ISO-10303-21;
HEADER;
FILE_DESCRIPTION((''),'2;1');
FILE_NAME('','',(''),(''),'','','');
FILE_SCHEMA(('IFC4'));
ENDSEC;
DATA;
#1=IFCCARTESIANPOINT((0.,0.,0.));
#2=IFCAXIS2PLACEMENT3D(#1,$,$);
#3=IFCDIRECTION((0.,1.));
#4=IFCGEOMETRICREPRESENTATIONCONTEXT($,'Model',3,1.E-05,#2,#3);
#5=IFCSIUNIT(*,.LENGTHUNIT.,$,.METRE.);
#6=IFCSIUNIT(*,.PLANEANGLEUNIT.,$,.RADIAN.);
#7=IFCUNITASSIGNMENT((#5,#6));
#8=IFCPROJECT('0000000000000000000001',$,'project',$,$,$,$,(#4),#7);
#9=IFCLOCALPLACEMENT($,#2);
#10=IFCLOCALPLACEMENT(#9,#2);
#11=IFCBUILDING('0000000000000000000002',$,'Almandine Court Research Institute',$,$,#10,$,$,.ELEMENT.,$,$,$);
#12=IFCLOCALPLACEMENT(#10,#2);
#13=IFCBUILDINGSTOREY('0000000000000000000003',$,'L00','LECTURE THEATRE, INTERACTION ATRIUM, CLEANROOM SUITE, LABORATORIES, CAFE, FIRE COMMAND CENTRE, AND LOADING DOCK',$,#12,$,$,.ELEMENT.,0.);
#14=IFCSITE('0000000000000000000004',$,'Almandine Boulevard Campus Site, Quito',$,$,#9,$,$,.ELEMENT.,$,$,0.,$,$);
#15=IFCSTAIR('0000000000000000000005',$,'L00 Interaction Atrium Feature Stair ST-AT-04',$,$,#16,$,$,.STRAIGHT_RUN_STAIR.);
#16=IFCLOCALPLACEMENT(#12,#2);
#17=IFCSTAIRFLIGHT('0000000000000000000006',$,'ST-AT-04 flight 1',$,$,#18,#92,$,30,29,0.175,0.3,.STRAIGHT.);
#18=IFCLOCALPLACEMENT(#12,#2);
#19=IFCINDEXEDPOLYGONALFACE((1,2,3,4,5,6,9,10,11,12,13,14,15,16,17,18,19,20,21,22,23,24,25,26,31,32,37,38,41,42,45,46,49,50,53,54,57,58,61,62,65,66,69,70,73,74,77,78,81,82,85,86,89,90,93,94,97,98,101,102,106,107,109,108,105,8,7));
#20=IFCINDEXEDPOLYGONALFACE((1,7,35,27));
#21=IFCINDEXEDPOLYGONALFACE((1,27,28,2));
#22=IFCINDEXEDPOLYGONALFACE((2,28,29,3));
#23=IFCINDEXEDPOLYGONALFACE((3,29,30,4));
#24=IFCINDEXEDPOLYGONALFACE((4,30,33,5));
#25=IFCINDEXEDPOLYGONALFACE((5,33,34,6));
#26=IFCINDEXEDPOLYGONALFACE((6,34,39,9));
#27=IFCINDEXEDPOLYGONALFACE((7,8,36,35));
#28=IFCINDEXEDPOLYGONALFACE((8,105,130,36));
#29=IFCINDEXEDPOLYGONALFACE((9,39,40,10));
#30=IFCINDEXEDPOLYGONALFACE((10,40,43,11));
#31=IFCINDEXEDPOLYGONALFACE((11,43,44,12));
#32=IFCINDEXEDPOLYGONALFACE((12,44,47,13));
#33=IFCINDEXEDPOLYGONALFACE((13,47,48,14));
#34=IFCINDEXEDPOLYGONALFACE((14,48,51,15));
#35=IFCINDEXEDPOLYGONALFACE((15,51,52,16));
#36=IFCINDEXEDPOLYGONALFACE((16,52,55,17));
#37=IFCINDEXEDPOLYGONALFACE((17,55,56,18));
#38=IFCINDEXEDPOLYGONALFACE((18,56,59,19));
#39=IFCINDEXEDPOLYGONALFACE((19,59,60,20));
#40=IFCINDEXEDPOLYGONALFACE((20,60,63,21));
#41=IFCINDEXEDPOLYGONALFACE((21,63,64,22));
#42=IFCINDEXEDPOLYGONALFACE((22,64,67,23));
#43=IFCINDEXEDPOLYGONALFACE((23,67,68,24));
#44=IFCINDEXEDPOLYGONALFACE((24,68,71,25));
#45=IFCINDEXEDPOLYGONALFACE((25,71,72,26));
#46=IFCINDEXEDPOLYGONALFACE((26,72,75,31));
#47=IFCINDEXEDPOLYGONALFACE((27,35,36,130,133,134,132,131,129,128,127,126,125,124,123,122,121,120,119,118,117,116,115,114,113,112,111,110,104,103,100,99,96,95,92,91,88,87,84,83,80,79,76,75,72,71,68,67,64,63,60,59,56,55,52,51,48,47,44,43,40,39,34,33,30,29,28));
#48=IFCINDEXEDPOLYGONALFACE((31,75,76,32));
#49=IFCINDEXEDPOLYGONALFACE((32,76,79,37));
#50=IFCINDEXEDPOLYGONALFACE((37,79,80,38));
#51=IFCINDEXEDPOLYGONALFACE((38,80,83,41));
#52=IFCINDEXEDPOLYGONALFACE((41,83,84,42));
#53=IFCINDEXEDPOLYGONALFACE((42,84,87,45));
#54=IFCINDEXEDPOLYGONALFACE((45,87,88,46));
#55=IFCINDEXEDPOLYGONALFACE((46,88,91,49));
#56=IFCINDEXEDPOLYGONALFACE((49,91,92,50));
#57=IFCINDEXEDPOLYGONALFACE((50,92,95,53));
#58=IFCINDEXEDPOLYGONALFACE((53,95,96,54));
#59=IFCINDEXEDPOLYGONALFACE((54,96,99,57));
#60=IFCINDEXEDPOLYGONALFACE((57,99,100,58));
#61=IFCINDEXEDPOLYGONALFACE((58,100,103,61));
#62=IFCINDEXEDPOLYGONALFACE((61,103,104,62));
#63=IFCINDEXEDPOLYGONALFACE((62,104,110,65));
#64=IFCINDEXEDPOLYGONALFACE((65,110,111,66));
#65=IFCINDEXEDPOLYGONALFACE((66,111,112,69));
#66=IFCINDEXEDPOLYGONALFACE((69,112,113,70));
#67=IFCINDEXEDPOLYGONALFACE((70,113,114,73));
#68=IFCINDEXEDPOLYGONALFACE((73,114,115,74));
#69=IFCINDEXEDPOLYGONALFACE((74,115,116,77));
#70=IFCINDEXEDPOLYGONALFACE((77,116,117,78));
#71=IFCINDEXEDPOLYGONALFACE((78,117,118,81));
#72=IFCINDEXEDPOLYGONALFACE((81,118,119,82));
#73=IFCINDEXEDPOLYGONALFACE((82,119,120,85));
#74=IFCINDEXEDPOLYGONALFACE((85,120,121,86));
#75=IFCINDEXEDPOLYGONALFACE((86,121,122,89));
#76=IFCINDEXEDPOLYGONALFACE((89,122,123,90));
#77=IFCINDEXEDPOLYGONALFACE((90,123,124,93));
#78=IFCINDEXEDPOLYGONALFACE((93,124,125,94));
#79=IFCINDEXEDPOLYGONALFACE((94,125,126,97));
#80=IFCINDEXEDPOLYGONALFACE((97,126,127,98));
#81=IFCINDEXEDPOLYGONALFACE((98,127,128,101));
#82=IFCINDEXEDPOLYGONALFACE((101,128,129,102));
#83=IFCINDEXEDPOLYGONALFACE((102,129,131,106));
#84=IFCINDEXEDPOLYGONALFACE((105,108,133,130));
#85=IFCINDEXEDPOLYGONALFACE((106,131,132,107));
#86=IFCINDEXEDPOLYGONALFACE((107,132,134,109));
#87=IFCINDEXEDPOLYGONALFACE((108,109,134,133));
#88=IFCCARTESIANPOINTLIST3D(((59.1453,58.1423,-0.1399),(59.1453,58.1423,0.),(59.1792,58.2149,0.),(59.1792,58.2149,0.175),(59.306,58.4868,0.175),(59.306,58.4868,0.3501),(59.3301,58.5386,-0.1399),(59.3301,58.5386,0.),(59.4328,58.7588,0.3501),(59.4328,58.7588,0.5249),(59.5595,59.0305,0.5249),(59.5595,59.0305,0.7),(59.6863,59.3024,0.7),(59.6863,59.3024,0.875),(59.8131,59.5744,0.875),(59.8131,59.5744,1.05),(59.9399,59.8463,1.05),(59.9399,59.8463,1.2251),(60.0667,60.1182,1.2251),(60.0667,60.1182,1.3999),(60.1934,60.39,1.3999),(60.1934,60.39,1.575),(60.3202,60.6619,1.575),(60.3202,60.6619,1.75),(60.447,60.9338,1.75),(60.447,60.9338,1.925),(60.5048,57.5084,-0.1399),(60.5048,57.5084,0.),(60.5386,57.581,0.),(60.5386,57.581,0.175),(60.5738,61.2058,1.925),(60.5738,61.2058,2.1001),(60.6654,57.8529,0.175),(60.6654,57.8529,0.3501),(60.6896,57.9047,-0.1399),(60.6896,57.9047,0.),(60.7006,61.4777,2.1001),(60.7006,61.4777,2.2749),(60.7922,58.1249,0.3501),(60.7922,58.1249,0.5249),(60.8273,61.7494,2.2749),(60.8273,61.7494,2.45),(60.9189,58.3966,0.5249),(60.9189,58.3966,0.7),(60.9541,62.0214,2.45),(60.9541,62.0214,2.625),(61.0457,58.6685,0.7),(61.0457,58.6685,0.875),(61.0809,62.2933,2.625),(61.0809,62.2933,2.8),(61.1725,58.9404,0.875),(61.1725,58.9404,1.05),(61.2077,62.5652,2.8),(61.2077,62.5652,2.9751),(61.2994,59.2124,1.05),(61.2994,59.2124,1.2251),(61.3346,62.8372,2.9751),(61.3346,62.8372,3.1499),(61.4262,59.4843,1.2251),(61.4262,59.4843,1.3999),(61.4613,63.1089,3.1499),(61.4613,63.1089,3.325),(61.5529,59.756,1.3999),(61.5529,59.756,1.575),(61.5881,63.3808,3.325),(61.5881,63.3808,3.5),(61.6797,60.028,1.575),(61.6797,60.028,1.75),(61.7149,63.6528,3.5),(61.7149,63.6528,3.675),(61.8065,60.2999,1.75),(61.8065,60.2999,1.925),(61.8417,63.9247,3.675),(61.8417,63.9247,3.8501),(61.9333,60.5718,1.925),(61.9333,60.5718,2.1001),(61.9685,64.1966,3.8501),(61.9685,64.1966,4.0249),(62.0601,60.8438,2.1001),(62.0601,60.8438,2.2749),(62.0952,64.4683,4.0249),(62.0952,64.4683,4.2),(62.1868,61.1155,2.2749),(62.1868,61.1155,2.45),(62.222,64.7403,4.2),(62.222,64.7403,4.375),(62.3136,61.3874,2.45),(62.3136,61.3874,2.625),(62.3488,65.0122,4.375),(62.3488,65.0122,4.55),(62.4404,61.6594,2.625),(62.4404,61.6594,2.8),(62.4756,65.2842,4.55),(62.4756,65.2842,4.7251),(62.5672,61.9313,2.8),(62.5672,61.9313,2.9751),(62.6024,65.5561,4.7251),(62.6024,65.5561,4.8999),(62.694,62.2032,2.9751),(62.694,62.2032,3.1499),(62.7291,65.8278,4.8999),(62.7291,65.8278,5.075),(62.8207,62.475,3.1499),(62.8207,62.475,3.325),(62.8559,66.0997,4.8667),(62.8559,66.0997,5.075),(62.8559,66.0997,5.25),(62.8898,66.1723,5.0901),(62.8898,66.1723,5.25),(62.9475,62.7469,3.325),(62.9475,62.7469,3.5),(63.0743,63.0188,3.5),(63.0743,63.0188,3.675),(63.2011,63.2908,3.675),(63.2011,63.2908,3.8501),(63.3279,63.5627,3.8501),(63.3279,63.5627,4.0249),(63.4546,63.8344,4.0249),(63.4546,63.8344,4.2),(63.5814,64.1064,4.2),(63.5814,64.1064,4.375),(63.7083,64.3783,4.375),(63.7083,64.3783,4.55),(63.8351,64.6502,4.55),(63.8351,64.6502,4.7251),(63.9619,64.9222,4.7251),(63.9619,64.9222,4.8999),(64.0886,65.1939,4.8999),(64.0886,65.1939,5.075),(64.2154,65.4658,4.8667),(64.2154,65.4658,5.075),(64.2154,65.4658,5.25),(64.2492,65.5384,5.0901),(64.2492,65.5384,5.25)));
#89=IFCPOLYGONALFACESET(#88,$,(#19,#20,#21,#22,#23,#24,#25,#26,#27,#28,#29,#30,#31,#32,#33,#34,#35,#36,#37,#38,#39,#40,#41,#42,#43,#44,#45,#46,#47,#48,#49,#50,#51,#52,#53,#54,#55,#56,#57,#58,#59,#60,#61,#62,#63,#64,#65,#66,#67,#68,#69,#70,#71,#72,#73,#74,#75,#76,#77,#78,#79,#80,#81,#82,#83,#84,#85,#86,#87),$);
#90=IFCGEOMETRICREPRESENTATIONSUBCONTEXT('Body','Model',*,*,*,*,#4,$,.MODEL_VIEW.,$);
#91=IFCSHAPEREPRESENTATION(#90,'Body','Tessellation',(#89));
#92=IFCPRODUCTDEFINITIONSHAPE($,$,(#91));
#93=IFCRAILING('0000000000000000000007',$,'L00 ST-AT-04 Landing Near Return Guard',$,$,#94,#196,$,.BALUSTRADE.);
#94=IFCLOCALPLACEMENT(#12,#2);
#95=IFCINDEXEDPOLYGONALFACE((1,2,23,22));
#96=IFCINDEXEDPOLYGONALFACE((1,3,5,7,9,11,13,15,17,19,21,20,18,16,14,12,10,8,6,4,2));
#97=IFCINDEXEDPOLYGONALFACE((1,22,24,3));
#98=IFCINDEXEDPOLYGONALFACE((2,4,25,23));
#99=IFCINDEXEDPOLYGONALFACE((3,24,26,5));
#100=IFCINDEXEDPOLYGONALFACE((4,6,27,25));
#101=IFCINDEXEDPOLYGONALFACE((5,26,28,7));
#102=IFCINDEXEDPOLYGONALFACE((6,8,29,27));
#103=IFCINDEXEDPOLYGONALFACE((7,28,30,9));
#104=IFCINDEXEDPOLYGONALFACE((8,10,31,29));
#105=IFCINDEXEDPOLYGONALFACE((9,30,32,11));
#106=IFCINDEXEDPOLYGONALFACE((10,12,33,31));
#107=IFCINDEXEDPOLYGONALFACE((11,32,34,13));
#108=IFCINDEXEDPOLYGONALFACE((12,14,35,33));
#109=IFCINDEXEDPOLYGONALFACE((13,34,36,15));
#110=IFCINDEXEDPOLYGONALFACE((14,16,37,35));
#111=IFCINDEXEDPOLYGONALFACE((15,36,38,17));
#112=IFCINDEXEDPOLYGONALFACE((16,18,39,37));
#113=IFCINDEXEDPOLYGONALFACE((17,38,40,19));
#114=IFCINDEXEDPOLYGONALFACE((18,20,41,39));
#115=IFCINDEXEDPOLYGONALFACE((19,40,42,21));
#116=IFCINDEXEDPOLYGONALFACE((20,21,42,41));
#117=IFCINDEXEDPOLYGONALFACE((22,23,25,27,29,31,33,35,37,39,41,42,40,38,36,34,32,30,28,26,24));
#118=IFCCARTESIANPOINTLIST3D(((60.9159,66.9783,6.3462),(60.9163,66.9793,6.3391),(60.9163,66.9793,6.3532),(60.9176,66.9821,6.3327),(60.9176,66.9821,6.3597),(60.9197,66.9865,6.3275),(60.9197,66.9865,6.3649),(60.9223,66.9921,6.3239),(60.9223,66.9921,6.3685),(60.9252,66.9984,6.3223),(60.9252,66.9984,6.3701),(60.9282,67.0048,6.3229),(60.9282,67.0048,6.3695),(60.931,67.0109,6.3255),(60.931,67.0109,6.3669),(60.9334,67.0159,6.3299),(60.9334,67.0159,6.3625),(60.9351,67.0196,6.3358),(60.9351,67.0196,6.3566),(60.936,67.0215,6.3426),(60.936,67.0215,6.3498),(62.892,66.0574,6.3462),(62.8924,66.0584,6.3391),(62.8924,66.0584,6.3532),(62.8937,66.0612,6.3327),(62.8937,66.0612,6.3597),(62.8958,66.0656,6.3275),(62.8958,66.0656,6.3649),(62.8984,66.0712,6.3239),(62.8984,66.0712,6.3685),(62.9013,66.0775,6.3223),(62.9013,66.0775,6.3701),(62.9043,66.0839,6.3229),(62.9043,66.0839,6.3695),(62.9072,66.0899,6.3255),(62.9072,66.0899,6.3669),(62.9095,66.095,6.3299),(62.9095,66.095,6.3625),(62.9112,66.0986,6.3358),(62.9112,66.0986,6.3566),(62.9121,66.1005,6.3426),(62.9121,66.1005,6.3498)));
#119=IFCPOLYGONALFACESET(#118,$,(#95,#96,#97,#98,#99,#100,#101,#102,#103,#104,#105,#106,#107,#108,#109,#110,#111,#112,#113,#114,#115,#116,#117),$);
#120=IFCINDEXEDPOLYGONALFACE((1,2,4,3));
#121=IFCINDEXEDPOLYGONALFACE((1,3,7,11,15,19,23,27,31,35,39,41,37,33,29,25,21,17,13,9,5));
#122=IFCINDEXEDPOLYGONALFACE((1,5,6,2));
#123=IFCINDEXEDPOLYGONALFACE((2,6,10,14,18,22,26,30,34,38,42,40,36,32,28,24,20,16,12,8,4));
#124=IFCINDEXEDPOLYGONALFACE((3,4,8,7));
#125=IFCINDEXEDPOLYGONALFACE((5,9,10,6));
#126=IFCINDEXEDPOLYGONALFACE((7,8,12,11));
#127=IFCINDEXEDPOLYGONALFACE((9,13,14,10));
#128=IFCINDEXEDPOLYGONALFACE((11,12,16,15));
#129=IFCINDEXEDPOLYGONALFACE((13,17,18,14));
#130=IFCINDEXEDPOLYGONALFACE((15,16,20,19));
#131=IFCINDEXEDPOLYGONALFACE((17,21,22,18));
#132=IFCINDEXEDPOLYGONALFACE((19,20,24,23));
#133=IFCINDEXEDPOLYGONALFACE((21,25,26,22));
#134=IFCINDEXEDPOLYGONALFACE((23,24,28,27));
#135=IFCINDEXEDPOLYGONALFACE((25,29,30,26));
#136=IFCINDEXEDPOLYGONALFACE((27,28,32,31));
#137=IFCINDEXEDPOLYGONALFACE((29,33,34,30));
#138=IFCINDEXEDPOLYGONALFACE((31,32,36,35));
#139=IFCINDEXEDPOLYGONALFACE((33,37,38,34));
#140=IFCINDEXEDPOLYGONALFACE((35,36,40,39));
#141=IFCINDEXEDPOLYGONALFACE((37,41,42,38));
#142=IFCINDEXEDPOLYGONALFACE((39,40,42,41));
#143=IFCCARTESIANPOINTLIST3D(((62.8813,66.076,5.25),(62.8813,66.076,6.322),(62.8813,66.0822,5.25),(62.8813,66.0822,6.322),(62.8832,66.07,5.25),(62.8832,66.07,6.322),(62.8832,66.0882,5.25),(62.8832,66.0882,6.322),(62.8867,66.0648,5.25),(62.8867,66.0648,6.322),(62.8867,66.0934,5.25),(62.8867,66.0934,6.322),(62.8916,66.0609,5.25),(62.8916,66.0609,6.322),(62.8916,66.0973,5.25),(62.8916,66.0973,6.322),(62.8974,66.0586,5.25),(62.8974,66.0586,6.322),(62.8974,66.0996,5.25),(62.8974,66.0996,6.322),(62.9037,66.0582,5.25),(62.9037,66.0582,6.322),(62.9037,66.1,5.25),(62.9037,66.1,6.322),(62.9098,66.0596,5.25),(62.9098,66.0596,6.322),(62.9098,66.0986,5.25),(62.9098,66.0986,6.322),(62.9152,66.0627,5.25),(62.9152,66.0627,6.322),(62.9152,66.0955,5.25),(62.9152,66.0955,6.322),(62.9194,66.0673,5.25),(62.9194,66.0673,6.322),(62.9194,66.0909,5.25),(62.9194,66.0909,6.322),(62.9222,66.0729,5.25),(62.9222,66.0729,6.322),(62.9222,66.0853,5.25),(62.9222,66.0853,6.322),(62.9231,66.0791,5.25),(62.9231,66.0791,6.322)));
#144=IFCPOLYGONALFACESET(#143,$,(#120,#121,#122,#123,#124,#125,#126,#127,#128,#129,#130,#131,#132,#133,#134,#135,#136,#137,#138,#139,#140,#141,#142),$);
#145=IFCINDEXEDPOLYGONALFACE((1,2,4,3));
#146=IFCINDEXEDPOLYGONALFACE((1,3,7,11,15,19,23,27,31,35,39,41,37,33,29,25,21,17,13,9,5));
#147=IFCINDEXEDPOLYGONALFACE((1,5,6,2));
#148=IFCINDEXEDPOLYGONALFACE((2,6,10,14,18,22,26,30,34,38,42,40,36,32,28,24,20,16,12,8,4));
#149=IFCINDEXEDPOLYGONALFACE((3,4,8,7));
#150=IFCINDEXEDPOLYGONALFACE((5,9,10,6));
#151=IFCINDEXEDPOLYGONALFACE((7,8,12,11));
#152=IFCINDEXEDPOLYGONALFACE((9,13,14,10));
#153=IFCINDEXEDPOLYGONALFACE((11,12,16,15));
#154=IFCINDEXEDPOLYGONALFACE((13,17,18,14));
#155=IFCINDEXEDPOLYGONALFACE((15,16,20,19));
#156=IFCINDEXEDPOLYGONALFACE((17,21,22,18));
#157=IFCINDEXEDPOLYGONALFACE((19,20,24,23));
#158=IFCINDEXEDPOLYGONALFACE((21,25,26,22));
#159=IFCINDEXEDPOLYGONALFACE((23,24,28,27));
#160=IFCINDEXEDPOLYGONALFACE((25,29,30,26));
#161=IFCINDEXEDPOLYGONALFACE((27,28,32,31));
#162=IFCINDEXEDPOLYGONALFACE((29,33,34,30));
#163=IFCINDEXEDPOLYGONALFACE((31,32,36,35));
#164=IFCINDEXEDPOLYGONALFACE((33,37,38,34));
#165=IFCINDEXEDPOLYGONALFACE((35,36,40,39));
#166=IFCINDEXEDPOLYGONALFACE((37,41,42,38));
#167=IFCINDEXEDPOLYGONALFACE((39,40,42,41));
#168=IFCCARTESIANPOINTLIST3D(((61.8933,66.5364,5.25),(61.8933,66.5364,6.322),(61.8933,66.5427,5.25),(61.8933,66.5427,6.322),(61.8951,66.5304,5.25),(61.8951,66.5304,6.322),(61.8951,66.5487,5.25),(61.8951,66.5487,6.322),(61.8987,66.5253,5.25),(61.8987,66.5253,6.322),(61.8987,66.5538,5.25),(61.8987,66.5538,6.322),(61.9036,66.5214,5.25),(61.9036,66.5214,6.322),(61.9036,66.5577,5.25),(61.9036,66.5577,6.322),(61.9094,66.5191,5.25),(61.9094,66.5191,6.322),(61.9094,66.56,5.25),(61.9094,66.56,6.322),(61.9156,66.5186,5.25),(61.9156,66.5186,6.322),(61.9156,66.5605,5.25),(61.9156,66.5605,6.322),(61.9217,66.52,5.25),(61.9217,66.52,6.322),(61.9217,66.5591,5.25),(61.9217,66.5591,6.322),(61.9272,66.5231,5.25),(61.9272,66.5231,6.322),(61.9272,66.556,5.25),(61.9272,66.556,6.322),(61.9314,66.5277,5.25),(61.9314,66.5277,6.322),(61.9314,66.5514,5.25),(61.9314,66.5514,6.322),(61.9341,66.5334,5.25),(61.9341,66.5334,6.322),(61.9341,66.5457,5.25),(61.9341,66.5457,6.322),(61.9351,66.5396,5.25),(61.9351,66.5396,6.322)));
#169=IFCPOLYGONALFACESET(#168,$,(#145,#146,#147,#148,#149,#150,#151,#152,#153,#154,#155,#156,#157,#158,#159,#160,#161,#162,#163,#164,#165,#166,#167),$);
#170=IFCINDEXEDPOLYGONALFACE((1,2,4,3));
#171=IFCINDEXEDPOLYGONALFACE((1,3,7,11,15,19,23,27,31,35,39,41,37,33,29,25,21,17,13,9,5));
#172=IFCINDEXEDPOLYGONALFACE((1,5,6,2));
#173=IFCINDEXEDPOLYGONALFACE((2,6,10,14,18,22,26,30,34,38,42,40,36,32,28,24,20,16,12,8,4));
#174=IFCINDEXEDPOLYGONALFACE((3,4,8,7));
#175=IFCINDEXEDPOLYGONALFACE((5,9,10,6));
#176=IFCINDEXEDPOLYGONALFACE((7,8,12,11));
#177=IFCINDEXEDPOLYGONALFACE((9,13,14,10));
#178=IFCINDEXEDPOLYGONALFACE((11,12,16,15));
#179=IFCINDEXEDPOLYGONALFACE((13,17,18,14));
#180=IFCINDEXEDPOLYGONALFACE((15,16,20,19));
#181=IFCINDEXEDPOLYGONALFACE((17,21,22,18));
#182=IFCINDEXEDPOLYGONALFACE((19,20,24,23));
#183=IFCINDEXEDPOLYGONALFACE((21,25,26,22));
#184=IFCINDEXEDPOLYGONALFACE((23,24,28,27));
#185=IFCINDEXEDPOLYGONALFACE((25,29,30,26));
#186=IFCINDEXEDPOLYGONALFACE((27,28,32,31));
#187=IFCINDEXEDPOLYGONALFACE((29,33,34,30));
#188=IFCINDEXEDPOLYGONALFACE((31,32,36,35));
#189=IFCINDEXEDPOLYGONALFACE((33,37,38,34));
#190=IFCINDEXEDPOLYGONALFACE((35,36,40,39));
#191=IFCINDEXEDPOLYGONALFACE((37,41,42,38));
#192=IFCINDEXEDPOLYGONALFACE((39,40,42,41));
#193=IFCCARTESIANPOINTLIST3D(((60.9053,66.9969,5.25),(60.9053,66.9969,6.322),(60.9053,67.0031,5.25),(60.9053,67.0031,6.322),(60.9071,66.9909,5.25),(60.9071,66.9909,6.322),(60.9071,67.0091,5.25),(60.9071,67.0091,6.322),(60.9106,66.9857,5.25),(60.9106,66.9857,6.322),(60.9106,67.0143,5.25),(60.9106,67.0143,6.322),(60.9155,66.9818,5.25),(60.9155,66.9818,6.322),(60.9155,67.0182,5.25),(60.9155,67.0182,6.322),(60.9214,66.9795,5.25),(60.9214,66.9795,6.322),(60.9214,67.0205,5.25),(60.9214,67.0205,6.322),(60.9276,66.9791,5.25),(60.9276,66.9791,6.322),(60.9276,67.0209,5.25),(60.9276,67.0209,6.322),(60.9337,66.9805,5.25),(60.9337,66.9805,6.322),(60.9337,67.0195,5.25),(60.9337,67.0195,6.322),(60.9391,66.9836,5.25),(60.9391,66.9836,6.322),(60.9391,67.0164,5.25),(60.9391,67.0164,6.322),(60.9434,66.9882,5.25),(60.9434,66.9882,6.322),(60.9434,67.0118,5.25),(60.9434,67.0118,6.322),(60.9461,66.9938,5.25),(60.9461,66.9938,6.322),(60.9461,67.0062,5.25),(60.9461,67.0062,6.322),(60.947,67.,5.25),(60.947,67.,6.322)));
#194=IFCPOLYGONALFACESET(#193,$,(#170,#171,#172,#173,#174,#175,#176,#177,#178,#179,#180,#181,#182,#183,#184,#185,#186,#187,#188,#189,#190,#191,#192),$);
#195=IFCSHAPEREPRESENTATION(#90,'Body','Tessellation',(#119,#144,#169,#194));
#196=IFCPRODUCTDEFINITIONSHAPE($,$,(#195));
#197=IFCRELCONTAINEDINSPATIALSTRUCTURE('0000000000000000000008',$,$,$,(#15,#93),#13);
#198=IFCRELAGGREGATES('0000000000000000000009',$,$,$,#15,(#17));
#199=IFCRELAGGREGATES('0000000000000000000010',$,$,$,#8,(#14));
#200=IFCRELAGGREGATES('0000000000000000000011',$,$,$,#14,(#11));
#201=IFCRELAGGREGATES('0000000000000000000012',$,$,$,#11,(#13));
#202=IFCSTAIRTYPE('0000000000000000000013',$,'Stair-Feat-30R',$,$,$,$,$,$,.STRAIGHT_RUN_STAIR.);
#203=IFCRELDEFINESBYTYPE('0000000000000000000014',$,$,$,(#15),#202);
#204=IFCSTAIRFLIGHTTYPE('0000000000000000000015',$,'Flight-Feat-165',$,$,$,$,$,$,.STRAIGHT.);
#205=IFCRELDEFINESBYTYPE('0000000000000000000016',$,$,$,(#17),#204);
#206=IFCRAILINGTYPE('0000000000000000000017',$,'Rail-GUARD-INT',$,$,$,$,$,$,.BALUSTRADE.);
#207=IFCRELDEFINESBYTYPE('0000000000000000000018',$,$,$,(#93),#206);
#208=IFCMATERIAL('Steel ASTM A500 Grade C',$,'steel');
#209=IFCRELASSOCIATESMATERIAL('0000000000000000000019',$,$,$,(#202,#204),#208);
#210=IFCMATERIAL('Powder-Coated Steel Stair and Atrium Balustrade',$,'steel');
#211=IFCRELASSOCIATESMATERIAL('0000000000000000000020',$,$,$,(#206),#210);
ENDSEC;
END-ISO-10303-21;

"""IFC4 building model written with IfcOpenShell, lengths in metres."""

from ifc_helpers import new_model, si_unit, direction, frame, origin, origin_2d, place, context, subcontext, project, spatial, polyline, circle, outline, extrude, material, type_object, element, aggregate, save


model = new_model("IFC4")

# Units and contexts
model_context = context("Model", 3, precision=1e-05, world=origin(), true_north=direction((0.0, 1.0)))
body_context = subcontext(model_context, "Body", "Model", "MODEL_VIEW")
ifc_project = project(units=[si_unit("LENGTHUNIT", "METRE"), si_unit("PLANEANGLEUNIT", "RADIAN")], contexts=[model_context])

# Site, building, storey
site_placement = place(None, origin())
site = spatial("IfcSite", under=ifc_project, at=site_placement, Name="Almandine Boulevard Campus Site, Quito", CompositionType="ELEMENT", RefElevation=0.0)
building_placement = place(site_placement, origin())
building = spatial("IfcBuilding", under=site, at=building_placement, Name="Almandine Court Research Institute", CompositionType="ELEMENT")
storey_placement = place(building_placement, origin())
storey = spatial("IfcBuildingStorey", under=building, at=storey_placement, Name="L00", Description="LECTURE THEATRE, INTERACTION ATRIUM, CLEANROOM SUITE, LABORATORIES, CAFE, FIRE COMMAND CENTRE, AND LOADING DOCK", CompositionType="ELEMENT", Elevation=0.0)

# Shared definitions
ifc_material_1 = material(Name="Steel ASTM A500 Grade C", Category="steel")

# Stair, stair flight
stair_type = type_object("IfcStairType", Name="Stair-Feat-30R", PredefinedType="STRAIGHT_RUN_STAIR", material=ifc_material_1)
stair_placement = place(storey_placement, origin())
stair = element("IfcStair", 1, at=stair_placement, inside=storey, type_object=stair_type, Name="L00 Interaction Atrium Feature Stair ST-AT-04", PredefinedType="STRAIGHT_RUN_STAIR")
stair_flight_type = type_object("IfcStairFlightType", Name="Flight-Feat-165", PredefinedType="STRAIGHT", material=ifc_material_1)
stair_flight_placement = place(storey_placement, frame((59.8589, 57.8979, 0.0), z_axis=(0.0, 0.0, 1.0), x_axis=(0.422618, 0.906308, 0.0)))
stair_flight = element("IfcStairFlight", 2, at=stair_flight_placement, type_object=stair_flight_type, Name="ST-AT-04 flight 1", NumberOfRisers=30, NumberOfTreads=29, PredefinedType="STRAIGHT", RiserHeight=0.175, TreadLength=0.3, context=body_context, shape_type="SweptSolid", body=[
    extrude(outline(polyline([(-0.0801, -0.1399), (-0.0801, 0.0), (0.0, 0.0), (0.0, 0.175), (0.3, 0.175), (0.3, 0.3501), (0.6001, 0.3501), (0.6001, 0.5249), (0.8999, 0.5249), (0.8999, 0.7), (1.2, 0.7), (1.2, 0.875), (1.5, 0.875), (1.5, 1.05), (1.8, 1.05), (1.8, 1.2251), (2.1001, 1.2251), (2.1001, 1.3999), (2.3999, 1.3999), (2.3999, 1.575), (2.7, 1.575), (2.7, 1.75), (3.0, 1.75), (3.0, 1.925), (3.3, 1.925), (3.3, 2.1001), (3.6001, 2.1001), (3.6001, 2.2749), (3.8999, 2.2749), (3.8999, 2.45), (4.2, 2.45), (4.2, 2.625), (4.5, 2.625), (4.5, 2.8), (4.8, 2.8), (4.8, 2.9751), (5.1001, 2.9751), (5.1001, 3.1499), (5.3999, 3.1499), (5.3999, 3.325), (5.7, 3.325), (5.7, 3.5), (6.0, 3.5), (6.0, 3.675), (6.3, 3.675), (6.3, 3.8501), (6.6001, 3.8501), (6.6001, 4.0249), (6.8999, 4.0249), (6.8999, 4.2), (7.2, 4.2), (7.2, 4.375), (7.5, 4.375), (7.5, 4.55), (7.8, 4.55), (7.8, 4.7251), (8.1001, 4.7251), (8.1001, 4.8999), (8.3999, 4.8999), (8.3999, 5.075), (8.7, 5.075), (8.7, 5.25), (8.78, 5.25), (8.78, 5.0901), (8.7, 4.8667), (0.3572, 0.0), (0.3572, -0.1399), (-0.0801, -0.1399)])), frame((0.0, 0.75, 0.0), z_axis=(0.0, -1.0, 0.0), x_axis=(1.0, 0.0, 0.0)), (0.0, 0.0, 1.0), 1.5),
])
aggregate(stair, [stair_flight])

# Railing
ifc_material_2 = material(Name="Powder-Coated Steel Stair and Atrium Balustrade", Category="steel")
railing_type = type_object("IfcRailingType", Name="Rail-GUARD-INT", PredefinedType="BALUSTRADE", material=ifc_material_2)
railing_1_placement = place(storey_placement, frame((62.9021, 66.0791, 5.25)))
element("IfcRailing", 3, at=railing_1_placement, inside=storey, type_object=railing_type, Name="L00 ST-AT-04 Landing Near Return Guard", PredefinedType="BALUSTRADE", context=body_context, shape_type="SweptSolid", body=[
    extrude(circle(Radius=0.0239, at=origin_2d()), frame((0.0, 0.0, 1.0962), z_axis=(-0.906406, 0.422407, 0.0), x_axis=(-0.422407, -0.906406, 0.0)), (0.0, 0.0, 1.0), 2.1802),
    extrude(circle(Radius=0.021, at=origin_2d()), origin(), (0.0, 0.0, 1.0), 1.072),
    extrude(circle(Radius=0.021, at=origin_2d()), frame((-0.988, 0.4604, 0.0)), (0.0, 0.0, 1.0), 1.072),
    extrude(circle(Radius=0.021, at=origin_2d()), frame((-1.9761, 0.9209, 0.0)), (0.0, 0.0, 1.0), 1.072),
])

save(model, "model.ifc")
